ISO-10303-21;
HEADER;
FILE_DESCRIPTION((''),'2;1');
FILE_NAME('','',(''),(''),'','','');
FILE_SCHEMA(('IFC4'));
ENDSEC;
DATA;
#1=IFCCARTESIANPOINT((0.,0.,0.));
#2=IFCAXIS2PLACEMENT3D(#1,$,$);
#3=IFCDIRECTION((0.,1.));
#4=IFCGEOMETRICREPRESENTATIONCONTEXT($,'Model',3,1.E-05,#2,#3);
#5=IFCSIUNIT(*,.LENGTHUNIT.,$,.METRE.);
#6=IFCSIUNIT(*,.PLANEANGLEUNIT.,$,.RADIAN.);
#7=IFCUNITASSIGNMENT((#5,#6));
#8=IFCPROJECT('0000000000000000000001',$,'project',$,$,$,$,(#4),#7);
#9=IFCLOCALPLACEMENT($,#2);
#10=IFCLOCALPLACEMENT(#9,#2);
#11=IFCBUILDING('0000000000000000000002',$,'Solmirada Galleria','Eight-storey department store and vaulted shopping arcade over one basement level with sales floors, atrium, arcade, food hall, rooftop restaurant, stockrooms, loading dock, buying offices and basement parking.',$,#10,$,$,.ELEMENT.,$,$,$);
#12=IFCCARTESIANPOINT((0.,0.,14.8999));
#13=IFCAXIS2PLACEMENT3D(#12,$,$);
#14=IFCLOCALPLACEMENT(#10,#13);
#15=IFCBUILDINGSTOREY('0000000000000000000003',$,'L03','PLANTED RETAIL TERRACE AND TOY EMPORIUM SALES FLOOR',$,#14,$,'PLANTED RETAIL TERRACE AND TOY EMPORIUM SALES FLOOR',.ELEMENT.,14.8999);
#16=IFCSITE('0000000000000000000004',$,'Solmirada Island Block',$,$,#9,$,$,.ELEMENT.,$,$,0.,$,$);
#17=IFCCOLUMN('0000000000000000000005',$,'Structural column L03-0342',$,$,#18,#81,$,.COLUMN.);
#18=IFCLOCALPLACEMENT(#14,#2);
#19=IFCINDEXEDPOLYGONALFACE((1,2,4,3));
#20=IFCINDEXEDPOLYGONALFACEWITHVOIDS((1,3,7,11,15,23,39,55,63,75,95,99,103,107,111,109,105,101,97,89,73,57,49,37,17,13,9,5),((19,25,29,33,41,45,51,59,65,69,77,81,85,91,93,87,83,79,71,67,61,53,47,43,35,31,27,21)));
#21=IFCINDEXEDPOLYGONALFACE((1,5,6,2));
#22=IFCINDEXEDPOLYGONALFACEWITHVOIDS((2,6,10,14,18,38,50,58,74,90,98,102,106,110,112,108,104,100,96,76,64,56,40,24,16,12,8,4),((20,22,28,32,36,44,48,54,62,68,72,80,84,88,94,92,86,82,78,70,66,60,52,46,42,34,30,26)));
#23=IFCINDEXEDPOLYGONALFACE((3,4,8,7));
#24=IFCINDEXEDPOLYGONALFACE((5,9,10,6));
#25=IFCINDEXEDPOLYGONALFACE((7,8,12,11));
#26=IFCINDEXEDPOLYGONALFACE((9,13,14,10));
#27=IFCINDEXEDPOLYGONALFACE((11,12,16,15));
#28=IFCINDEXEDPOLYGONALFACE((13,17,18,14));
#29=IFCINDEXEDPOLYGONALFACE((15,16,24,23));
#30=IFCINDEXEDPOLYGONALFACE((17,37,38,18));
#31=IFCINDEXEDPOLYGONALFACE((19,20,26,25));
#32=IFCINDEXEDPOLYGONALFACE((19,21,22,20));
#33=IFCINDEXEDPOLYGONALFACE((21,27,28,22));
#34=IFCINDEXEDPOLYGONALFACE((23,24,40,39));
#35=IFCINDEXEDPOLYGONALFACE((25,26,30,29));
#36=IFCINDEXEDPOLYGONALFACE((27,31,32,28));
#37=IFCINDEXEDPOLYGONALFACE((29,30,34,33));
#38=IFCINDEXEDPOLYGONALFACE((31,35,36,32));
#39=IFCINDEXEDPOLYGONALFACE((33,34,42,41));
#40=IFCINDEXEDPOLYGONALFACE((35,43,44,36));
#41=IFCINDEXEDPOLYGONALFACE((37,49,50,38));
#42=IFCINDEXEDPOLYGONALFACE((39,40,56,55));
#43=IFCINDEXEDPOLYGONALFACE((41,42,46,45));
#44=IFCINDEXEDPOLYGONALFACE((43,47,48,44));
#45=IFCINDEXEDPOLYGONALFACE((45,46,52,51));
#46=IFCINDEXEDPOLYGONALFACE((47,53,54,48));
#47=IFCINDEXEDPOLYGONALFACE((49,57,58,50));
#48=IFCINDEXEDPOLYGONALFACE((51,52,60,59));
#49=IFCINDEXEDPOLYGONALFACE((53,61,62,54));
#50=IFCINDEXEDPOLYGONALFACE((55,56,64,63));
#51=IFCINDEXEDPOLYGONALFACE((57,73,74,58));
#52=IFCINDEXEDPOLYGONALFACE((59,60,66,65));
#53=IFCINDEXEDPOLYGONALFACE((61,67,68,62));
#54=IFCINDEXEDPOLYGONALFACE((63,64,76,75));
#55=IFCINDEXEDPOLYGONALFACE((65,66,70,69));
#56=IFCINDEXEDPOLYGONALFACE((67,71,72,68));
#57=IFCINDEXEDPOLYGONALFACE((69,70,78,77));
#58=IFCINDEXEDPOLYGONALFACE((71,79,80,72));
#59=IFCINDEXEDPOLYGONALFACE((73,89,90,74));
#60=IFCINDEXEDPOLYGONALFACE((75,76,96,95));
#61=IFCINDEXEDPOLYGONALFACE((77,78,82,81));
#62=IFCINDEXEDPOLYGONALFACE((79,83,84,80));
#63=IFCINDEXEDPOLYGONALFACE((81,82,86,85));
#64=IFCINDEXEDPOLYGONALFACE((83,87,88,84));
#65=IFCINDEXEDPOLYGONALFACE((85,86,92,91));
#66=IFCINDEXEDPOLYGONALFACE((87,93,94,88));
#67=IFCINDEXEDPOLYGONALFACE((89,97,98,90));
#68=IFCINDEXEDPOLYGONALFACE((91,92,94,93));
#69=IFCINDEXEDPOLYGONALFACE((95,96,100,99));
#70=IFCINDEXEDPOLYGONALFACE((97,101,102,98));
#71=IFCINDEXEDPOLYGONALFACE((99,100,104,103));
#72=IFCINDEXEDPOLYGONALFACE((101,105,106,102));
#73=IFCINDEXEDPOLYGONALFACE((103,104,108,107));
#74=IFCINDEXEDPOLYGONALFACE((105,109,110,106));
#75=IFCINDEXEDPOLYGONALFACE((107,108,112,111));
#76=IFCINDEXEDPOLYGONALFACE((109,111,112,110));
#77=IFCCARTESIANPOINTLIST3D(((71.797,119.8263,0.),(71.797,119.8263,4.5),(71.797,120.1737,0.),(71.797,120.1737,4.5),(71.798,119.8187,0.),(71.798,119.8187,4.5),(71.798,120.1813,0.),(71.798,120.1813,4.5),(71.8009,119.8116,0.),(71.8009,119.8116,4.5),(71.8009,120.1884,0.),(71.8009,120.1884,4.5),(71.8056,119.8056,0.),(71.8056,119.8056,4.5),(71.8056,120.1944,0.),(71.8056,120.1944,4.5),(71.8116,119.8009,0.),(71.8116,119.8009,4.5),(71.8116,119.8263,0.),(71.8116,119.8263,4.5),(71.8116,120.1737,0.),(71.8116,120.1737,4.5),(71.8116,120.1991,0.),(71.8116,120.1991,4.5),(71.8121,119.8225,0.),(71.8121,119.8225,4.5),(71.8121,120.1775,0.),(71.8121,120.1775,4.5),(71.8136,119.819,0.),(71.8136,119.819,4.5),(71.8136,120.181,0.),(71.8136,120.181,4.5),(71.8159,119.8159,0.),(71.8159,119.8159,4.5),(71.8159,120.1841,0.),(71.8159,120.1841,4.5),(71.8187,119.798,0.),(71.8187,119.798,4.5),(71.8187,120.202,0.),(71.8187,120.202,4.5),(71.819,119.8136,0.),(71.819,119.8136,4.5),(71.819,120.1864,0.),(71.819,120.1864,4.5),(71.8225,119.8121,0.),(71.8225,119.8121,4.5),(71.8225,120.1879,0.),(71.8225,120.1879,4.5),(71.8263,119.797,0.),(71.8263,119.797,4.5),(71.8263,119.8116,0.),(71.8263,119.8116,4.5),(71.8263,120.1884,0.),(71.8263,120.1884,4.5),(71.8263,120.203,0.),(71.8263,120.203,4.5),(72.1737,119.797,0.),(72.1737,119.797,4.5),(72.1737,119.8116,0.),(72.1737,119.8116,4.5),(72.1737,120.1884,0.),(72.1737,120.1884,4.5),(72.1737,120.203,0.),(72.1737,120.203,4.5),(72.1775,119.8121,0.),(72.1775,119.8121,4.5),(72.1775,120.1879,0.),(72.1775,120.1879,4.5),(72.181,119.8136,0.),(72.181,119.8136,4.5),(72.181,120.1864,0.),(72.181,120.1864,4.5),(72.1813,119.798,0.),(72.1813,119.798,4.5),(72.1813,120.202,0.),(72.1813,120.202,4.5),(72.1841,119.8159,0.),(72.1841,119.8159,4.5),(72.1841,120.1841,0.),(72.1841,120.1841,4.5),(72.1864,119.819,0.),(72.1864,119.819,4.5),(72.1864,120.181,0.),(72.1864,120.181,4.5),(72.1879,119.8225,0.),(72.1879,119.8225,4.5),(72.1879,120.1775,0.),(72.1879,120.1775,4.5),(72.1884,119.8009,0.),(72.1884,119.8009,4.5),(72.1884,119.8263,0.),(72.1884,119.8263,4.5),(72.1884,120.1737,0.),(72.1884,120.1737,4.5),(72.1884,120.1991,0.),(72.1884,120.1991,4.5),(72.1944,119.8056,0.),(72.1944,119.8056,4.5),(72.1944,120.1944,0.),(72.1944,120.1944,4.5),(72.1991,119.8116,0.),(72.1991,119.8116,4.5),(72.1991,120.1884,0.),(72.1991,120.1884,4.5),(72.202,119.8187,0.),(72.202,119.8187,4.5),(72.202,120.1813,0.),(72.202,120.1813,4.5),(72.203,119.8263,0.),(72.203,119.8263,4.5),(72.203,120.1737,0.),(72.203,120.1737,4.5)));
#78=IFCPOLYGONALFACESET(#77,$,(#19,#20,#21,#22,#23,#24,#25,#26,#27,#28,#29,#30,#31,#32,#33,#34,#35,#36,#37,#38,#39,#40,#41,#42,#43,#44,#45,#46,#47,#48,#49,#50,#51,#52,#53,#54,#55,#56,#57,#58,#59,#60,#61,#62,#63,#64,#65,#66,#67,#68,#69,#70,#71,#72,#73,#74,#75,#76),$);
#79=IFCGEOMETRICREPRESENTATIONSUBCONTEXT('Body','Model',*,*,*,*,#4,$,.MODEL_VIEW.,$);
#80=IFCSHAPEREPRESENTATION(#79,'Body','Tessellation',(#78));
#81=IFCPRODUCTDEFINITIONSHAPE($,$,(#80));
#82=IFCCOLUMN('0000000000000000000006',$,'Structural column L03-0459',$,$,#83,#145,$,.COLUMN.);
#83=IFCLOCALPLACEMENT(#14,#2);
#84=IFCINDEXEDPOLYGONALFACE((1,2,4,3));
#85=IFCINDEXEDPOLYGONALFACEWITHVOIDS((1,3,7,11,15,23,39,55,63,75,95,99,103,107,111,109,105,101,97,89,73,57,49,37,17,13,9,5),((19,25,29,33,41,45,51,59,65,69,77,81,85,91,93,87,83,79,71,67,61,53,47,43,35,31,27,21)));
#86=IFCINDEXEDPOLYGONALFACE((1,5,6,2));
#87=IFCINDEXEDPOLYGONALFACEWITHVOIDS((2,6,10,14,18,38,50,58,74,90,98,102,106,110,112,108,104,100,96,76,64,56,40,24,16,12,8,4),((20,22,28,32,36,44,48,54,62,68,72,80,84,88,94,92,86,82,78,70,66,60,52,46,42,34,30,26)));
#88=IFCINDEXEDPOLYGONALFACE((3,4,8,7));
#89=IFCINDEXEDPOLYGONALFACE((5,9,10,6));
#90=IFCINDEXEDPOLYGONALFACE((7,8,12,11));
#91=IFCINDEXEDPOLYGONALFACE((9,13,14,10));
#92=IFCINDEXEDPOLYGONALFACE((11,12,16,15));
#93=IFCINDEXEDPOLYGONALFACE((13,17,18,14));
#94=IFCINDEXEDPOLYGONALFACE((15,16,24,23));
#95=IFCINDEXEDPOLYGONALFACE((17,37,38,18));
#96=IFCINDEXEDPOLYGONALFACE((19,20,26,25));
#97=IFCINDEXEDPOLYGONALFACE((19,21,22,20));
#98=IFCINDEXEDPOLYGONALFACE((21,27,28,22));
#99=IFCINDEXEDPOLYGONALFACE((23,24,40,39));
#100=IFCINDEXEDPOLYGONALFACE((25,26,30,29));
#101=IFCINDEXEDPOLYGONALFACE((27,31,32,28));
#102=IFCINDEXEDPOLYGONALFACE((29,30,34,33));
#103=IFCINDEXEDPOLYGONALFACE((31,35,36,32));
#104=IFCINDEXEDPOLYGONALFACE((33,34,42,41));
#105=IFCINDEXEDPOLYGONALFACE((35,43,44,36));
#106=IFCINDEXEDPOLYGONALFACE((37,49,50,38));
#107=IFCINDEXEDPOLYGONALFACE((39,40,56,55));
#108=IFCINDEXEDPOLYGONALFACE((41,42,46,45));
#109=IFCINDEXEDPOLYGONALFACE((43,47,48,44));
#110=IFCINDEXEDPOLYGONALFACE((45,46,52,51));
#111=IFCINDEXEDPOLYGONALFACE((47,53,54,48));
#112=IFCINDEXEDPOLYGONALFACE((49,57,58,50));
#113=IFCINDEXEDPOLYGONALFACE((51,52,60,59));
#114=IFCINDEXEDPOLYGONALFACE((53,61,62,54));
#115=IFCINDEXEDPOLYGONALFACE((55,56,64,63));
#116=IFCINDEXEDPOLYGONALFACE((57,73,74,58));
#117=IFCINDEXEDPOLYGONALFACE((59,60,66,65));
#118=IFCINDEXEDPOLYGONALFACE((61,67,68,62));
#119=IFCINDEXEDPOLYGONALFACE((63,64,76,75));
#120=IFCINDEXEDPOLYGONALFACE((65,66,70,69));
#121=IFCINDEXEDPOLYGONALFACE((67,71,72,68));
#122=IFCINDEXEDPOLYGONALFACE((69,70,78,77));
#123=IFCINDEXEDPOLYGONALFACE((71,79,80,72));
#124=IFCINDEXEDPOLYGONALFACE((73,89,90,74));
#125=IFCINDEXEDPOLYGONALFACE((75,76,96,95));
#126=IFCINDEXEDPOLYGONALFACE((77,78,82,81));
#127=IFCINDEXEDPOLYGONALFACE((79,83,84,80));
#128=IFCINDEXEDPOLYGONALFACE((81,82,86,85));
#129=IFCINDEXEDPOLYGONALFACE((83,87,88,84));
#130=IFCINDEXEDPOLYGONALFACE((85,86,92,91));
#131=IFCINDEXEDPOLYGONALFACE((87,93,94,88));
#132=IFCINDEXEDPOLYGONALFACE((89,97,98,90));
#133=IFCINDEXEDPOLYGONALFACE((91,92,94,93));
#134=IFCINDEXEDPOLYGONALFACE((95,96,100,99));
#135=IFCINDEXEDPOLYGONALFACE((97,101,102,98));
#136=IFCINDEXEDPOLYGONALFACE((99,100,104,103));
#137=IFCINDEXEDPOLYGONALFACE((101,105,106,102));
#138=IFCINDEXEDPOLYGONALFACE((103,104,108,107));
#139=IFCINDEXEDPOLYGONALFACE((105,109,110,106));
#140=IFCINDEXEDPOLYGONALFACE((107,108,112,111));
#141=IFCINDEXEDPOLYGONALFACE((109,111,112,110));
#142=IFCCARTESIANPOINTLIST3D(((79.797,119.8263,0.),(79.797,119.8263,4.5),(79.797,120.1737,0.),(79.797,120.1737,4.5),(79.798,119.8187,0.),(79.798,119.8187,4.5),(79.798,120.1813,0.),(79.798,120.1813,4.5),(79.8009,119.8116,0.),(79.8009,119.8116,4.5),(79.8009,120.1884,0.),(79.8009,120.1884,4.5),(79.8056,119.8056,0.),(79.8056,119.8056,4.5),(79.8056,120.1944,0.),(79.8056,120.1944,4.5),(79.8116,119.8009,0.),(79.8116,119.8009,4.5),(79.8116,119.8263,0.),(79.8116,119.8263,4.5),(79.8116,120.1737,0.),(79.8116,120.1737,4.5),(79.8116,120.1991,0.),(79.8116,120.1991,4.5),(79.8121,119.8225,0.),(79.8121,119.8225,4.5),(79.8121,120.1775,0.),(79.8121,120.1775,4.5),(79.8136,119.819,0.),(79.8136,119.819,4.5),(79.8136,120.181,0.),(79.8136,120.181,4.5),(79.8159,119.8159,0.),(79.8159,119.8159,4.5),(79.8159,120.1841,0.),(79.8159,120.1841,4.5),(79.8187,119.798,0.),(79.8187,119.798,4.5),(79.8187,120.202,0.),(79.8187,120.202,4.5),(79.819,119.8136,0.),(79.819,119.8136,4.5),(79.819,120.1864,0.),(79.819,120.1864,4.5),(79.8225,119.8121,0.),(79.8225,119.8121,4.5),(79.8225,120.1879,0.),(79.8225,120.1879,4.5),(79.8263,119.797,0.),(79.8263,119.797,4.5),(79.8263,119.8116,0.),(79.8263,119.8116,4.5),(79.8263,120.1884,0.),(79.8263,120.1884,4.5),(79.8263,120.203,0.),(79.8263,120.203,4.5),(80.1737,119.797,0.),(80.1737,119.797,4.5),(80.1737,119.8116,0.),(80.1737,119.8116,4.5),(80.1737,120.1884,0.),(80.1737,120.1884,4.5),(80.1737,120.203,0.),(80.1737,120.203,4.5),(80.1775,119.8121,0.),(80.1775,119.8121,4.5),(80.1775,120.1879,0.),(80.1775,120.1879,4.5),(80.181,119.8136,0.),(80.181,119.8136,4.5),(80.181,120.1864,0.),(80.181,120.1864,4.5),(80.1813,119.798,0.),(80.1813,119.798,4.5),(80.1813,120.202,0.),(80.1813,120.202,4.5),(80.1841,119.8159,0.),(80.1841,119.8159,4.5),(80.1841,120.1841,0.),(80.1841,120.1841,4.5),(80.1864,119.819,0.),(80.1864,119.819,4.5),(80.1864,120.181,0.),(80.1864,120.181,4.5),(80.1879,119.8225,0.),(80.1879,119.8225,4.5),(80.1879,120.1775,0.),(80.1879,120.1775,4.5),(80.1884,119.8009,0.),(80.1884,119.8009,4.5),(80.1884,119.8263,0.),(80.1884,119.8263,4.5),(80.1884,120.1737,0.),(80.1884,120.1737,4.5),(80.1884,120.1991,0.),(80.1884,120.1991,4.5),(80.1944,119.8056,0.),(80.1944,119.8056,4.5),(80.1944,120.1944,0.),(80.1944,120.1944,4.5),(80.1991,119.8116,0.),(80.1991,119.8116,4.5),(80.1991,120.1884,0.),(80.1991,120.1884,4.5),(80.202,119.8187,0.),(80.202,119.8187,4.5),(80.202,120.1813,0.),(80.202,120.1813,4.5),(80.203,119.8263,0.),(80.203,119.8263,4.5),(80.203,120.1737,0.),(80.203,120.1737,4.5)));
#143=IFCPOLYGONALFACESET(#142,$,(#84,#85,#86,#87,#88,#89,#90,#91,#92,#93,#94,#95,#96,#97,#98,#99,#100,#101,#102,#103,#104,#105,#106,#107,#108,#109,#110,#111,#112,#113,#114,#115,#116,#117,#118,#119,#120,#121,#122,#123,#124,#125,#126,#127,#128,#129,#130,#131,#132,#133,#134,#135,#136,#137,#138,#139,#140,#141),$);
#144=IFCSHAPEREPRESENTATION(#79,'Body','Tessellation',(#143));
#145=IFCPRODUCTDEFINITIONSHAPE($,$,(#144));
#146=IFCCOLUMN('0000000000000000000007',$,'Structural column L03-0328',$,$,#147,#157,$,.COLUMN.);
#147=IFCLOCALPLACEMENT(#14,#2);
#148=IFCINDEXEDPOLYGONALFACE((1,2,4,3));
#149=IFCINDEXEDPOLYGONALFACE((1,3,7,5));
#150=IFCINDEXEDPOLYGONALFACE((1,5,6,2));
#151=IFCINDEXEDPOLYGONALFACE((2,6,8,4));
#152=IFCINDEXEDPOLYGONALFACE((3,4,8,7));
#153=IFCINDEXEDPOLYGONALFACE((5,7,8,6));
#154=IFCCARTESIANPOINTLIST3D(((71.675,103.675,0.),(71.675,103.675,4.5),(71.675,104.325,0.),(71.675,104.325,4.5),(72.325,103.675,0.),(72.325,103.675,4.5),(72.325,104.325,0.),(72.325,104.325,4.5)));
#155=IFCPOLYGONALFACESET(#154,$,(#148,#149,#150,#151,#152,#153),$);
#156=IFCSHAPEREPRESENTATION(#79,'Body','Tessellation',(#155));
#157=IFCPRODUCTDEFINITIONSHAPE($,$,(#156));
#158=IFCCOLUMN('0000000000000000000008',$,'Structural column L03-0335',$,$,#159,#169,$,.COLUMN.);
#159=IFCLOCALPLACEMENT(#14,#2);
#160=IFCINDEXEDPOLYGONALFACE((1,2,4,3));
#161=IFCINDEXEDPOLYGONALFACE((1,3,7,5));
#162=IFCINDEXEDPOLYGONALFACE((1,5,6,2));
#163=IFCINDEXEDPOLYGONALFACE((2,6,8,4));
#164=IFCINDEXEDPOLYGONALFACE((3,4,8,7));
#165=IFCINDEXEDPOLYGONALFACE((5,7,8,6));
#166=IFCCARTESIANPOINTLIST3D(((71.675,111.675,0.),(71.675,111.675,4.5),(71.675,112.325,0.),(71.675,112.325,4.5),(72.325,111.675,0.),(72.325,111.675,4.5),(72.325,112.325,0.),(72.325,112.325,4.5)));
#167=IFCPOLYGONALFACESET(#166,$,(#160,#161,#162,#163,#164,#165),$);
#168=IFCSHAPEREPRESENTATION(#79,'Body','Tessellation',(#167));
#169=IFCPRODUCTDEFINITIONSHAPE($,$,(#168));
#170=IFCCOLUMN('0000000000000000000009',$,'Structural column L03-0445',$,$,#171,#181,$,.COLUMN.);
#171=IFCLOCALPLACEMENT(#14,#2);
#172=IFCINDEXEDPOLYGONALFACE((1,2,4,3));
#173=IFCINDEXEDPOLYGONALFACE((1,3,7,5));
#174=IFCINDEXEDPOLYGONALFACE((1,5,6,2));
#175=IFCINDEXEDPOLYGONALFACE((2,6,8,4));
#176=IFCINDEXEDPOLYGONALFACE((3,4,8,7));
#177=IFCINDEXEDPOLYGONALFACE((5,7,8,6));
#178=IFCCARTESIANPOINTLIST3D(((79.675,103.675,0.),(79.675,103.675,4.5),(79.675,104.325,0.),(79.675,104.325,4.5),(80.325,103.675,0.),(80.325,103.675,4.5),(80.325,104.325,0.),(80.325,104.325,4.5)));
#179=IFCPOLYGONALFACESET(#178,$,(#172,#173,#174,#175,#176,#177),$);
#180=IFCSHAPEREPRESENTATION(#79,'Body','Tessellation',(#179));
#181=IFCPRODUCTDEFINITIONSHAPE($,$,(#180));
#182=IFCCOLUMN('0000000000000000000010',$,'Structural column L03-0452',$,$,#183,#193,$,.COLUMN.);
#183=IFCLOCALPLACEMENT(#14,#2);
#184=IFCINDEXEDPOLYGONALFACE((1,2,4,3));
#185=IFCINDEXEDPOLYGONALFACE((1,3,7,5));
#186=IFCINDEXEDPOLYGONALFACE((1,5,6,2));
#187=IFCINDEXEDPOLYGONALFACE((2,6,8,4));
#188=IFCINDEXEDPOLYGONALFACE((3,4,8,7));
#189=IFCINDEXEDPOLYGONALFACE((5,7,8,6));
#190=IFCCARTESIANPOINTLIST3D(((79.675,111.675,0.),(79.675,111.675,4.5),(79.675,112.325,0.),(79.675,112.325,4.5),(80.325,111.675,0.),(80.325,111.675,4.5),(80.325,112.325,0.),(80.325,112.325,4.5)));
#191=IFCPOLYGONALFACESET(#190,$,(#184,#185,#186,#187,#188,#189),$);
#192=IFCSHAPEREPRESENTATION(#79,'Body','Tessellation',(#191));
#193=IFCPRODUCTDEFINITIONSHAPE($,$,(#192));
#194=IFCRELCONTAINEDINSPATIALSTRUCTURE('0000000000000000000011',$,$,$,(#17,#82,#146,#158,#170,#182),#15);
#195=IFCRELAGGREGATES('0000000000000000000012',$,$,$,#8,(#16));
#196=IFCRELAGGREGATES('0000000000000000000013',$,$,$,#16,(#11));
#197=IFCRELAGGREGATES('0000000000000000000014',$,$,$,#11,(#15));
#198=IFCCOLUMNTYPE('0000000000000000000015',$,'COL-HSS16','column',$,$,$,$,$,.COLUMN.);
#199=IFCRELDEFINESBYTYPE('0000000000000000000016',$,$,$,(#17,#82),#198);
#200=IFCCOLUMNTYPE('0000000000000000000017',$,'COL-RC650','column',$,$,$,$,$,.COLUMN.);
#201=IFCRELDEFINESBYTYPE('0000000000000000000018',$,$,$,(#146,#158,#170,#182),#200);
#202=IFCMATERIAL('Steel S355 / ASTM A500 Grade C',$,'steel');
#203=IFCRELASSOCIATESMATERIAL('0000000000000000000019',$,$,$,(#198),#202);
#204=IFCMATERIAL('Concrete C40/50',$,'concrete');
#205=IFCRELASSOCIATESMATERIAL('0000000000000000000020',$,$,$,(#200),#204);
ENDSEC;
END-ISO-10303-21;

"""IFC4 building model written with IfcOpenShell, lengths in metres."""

from ifc_helpers import new_model, si_unit, direction, frame, origin, origin_2d, place, context, subcontext, project, spatial, rectangle, hollow_rectangle, extrude, material, material_profile, profile_set, type_object, element, save


model = new_model("IFC4")

# Units and contexts
model_context = context("Model", 3, precision=1e-05, world=origin(), true_north=direction((0.0, 1.0)))
body_context = subcontext(model_context, "Body", "Model", "MODEL_VIEW")
ifc_project = project(units=[si_unit("LENGTHUNIT", "METRE"), si_unit("PLANEANGLEUNIT", "RADIAN")], contexts=[model_context])

# Site, building, storey
site_placement = place(None, origin())
site = spatial("IfcSite", under=ifc_project, at=site_placement, Name="Solmirada Island Block", CompositionType="ELEMENT", RefElevation=0.0)
building_placement = place(site_placement, origin())
building = spatial("IfcBuilding", under=site, at=building_placement, Name="Solmirada Galleria", Description="Eight-storey department store and vaulted shopping arcade over one basement level with sales floors, atrium, arcade, food hall, rooftop restaurant, stockrooms, loading dock, buying offices and basement parking.", CompositionType="ELEMENT")
storey_placement = place(building_placement, frame((0.0, 0.0, 14.8999)))
storey = spatial("IfcBuildingStorey", under=building, at=storey_placement, Name="L03", Description="PLANTED RETAIL TERRACE AND TOY EMPORIUM SALES FLOOR", LongName="PLANTED RETAIL TERRACE AND TOY EMPORIUM SALES FLOOR", CompositionType="ELEMENT", Elevation=14.8999)

# Columns
ifc_material_1 = material(Name="Steel S355 / ASTM A500 Grade C", Category="steel")
ifc_material_profile_1 = material_profile(ifc_material_1, hollow_rectangle(XDim=0.406, YDim=0.406, WallThickness=0.0146, InnerFilletRadius=0.0146, OuterFilletRadius=0.0293, at=origin_2d()), Name="HSS16X16X5/8")
ifc_profile_set_1 = profile_set([ifc_material_profile_1], Name="Steel S355 / ASTM A500 Grade C")
column_type_1 = type_object("IfcColumnType", Name="COL-HSS16", Description="column", PredefinedType="COLUMN", material=ifc_profile_set_1)
for number, where, z_axis, x_axis, name in (
    (1, (72.0, 120.0, 0.0), (0.0, 0.0, 1.0), (1.0, 0.0, 0.0), "Structural column L03-0342"),
    (2, (80.0, 120.0, 0.0), (0.0, 0.0, 1.0), (1.0, 0.0, 0.0), "Structural column L03-0459"),
):
    element("IfcColumn", number, at=place(storey_placement, frame(where, z_axis=z_axis, x_axis=x_axis)), inside=storey, type_object=column_type_1, Name=name, PredefinedType="COLUMN", context=body_context, shape_type="SweptSolid", body=[
        extrude(hollow_rectangle(XDim=0.406, YDim=0.406, WallThickness=0.0146, InnerFilletRadius=0.0146, OuterFilletRadius=0.0293, at=origin_2d()), origin(), (0.0, 0.0, 1.0), 4.5),
    ])
ifc_material_2 = material(Name="Concrete C40/50", Category="concrete")
ifc_material_profile_2 = material_profile(ifc_material_2, rectangle(XDim=0.6499, YDim=0.6499, at=origin_2d()), Name="RC650X650")
ifc_profile_set_2 = profile_set([ifc_material_profile_2], Name="Concrete C40/50")
column_type_2 = type_object("IfcColumnType", Name="COL-RC650", Description="column", PredefinedType="COLUMN", material=ifc_profile_set_2)
for number, where, z_axis, x_axis, name in (
    (3, (72.0, 104.0, 0.0), (0.0, 0.0, 1.0), (1.0, 0.0, 0.0), "Structural column L03-0328"),
    (4, (72.0, 112.0, 0.0), (0.0, 0.0, 1.0), (1.0, 0.0, 0.0), "Structural column L03-0335"),
    (5, (80.0, 104.0, 0.0), (0.0, 0.0, 1.0), (1.0, 0.0, 0.0), "Structural column L03-0445"),
    (6, (80.0, 112.0, 0.0), (0.0, 0.0, 1.0), (1.0, 0.0, 0.0), "Structural column L03-0452"),
):
    element("IfcColumn", number, at=place(storey_placement, frame(where, z_axis=z_axis, x_axis=x_axis)), inside=storey, type_object=column_type_2, Name=name, PredefinedType="COLUMN", context=body_context, shape_type="SweptSolid", body=[
        extrude(rectangle(XDim=0.6499, YDim=0.6499, at=origin_2d()), origin(), (0.0, 0.0, 1.0), 4.5),
    ])

save(model, "model.ifc")
